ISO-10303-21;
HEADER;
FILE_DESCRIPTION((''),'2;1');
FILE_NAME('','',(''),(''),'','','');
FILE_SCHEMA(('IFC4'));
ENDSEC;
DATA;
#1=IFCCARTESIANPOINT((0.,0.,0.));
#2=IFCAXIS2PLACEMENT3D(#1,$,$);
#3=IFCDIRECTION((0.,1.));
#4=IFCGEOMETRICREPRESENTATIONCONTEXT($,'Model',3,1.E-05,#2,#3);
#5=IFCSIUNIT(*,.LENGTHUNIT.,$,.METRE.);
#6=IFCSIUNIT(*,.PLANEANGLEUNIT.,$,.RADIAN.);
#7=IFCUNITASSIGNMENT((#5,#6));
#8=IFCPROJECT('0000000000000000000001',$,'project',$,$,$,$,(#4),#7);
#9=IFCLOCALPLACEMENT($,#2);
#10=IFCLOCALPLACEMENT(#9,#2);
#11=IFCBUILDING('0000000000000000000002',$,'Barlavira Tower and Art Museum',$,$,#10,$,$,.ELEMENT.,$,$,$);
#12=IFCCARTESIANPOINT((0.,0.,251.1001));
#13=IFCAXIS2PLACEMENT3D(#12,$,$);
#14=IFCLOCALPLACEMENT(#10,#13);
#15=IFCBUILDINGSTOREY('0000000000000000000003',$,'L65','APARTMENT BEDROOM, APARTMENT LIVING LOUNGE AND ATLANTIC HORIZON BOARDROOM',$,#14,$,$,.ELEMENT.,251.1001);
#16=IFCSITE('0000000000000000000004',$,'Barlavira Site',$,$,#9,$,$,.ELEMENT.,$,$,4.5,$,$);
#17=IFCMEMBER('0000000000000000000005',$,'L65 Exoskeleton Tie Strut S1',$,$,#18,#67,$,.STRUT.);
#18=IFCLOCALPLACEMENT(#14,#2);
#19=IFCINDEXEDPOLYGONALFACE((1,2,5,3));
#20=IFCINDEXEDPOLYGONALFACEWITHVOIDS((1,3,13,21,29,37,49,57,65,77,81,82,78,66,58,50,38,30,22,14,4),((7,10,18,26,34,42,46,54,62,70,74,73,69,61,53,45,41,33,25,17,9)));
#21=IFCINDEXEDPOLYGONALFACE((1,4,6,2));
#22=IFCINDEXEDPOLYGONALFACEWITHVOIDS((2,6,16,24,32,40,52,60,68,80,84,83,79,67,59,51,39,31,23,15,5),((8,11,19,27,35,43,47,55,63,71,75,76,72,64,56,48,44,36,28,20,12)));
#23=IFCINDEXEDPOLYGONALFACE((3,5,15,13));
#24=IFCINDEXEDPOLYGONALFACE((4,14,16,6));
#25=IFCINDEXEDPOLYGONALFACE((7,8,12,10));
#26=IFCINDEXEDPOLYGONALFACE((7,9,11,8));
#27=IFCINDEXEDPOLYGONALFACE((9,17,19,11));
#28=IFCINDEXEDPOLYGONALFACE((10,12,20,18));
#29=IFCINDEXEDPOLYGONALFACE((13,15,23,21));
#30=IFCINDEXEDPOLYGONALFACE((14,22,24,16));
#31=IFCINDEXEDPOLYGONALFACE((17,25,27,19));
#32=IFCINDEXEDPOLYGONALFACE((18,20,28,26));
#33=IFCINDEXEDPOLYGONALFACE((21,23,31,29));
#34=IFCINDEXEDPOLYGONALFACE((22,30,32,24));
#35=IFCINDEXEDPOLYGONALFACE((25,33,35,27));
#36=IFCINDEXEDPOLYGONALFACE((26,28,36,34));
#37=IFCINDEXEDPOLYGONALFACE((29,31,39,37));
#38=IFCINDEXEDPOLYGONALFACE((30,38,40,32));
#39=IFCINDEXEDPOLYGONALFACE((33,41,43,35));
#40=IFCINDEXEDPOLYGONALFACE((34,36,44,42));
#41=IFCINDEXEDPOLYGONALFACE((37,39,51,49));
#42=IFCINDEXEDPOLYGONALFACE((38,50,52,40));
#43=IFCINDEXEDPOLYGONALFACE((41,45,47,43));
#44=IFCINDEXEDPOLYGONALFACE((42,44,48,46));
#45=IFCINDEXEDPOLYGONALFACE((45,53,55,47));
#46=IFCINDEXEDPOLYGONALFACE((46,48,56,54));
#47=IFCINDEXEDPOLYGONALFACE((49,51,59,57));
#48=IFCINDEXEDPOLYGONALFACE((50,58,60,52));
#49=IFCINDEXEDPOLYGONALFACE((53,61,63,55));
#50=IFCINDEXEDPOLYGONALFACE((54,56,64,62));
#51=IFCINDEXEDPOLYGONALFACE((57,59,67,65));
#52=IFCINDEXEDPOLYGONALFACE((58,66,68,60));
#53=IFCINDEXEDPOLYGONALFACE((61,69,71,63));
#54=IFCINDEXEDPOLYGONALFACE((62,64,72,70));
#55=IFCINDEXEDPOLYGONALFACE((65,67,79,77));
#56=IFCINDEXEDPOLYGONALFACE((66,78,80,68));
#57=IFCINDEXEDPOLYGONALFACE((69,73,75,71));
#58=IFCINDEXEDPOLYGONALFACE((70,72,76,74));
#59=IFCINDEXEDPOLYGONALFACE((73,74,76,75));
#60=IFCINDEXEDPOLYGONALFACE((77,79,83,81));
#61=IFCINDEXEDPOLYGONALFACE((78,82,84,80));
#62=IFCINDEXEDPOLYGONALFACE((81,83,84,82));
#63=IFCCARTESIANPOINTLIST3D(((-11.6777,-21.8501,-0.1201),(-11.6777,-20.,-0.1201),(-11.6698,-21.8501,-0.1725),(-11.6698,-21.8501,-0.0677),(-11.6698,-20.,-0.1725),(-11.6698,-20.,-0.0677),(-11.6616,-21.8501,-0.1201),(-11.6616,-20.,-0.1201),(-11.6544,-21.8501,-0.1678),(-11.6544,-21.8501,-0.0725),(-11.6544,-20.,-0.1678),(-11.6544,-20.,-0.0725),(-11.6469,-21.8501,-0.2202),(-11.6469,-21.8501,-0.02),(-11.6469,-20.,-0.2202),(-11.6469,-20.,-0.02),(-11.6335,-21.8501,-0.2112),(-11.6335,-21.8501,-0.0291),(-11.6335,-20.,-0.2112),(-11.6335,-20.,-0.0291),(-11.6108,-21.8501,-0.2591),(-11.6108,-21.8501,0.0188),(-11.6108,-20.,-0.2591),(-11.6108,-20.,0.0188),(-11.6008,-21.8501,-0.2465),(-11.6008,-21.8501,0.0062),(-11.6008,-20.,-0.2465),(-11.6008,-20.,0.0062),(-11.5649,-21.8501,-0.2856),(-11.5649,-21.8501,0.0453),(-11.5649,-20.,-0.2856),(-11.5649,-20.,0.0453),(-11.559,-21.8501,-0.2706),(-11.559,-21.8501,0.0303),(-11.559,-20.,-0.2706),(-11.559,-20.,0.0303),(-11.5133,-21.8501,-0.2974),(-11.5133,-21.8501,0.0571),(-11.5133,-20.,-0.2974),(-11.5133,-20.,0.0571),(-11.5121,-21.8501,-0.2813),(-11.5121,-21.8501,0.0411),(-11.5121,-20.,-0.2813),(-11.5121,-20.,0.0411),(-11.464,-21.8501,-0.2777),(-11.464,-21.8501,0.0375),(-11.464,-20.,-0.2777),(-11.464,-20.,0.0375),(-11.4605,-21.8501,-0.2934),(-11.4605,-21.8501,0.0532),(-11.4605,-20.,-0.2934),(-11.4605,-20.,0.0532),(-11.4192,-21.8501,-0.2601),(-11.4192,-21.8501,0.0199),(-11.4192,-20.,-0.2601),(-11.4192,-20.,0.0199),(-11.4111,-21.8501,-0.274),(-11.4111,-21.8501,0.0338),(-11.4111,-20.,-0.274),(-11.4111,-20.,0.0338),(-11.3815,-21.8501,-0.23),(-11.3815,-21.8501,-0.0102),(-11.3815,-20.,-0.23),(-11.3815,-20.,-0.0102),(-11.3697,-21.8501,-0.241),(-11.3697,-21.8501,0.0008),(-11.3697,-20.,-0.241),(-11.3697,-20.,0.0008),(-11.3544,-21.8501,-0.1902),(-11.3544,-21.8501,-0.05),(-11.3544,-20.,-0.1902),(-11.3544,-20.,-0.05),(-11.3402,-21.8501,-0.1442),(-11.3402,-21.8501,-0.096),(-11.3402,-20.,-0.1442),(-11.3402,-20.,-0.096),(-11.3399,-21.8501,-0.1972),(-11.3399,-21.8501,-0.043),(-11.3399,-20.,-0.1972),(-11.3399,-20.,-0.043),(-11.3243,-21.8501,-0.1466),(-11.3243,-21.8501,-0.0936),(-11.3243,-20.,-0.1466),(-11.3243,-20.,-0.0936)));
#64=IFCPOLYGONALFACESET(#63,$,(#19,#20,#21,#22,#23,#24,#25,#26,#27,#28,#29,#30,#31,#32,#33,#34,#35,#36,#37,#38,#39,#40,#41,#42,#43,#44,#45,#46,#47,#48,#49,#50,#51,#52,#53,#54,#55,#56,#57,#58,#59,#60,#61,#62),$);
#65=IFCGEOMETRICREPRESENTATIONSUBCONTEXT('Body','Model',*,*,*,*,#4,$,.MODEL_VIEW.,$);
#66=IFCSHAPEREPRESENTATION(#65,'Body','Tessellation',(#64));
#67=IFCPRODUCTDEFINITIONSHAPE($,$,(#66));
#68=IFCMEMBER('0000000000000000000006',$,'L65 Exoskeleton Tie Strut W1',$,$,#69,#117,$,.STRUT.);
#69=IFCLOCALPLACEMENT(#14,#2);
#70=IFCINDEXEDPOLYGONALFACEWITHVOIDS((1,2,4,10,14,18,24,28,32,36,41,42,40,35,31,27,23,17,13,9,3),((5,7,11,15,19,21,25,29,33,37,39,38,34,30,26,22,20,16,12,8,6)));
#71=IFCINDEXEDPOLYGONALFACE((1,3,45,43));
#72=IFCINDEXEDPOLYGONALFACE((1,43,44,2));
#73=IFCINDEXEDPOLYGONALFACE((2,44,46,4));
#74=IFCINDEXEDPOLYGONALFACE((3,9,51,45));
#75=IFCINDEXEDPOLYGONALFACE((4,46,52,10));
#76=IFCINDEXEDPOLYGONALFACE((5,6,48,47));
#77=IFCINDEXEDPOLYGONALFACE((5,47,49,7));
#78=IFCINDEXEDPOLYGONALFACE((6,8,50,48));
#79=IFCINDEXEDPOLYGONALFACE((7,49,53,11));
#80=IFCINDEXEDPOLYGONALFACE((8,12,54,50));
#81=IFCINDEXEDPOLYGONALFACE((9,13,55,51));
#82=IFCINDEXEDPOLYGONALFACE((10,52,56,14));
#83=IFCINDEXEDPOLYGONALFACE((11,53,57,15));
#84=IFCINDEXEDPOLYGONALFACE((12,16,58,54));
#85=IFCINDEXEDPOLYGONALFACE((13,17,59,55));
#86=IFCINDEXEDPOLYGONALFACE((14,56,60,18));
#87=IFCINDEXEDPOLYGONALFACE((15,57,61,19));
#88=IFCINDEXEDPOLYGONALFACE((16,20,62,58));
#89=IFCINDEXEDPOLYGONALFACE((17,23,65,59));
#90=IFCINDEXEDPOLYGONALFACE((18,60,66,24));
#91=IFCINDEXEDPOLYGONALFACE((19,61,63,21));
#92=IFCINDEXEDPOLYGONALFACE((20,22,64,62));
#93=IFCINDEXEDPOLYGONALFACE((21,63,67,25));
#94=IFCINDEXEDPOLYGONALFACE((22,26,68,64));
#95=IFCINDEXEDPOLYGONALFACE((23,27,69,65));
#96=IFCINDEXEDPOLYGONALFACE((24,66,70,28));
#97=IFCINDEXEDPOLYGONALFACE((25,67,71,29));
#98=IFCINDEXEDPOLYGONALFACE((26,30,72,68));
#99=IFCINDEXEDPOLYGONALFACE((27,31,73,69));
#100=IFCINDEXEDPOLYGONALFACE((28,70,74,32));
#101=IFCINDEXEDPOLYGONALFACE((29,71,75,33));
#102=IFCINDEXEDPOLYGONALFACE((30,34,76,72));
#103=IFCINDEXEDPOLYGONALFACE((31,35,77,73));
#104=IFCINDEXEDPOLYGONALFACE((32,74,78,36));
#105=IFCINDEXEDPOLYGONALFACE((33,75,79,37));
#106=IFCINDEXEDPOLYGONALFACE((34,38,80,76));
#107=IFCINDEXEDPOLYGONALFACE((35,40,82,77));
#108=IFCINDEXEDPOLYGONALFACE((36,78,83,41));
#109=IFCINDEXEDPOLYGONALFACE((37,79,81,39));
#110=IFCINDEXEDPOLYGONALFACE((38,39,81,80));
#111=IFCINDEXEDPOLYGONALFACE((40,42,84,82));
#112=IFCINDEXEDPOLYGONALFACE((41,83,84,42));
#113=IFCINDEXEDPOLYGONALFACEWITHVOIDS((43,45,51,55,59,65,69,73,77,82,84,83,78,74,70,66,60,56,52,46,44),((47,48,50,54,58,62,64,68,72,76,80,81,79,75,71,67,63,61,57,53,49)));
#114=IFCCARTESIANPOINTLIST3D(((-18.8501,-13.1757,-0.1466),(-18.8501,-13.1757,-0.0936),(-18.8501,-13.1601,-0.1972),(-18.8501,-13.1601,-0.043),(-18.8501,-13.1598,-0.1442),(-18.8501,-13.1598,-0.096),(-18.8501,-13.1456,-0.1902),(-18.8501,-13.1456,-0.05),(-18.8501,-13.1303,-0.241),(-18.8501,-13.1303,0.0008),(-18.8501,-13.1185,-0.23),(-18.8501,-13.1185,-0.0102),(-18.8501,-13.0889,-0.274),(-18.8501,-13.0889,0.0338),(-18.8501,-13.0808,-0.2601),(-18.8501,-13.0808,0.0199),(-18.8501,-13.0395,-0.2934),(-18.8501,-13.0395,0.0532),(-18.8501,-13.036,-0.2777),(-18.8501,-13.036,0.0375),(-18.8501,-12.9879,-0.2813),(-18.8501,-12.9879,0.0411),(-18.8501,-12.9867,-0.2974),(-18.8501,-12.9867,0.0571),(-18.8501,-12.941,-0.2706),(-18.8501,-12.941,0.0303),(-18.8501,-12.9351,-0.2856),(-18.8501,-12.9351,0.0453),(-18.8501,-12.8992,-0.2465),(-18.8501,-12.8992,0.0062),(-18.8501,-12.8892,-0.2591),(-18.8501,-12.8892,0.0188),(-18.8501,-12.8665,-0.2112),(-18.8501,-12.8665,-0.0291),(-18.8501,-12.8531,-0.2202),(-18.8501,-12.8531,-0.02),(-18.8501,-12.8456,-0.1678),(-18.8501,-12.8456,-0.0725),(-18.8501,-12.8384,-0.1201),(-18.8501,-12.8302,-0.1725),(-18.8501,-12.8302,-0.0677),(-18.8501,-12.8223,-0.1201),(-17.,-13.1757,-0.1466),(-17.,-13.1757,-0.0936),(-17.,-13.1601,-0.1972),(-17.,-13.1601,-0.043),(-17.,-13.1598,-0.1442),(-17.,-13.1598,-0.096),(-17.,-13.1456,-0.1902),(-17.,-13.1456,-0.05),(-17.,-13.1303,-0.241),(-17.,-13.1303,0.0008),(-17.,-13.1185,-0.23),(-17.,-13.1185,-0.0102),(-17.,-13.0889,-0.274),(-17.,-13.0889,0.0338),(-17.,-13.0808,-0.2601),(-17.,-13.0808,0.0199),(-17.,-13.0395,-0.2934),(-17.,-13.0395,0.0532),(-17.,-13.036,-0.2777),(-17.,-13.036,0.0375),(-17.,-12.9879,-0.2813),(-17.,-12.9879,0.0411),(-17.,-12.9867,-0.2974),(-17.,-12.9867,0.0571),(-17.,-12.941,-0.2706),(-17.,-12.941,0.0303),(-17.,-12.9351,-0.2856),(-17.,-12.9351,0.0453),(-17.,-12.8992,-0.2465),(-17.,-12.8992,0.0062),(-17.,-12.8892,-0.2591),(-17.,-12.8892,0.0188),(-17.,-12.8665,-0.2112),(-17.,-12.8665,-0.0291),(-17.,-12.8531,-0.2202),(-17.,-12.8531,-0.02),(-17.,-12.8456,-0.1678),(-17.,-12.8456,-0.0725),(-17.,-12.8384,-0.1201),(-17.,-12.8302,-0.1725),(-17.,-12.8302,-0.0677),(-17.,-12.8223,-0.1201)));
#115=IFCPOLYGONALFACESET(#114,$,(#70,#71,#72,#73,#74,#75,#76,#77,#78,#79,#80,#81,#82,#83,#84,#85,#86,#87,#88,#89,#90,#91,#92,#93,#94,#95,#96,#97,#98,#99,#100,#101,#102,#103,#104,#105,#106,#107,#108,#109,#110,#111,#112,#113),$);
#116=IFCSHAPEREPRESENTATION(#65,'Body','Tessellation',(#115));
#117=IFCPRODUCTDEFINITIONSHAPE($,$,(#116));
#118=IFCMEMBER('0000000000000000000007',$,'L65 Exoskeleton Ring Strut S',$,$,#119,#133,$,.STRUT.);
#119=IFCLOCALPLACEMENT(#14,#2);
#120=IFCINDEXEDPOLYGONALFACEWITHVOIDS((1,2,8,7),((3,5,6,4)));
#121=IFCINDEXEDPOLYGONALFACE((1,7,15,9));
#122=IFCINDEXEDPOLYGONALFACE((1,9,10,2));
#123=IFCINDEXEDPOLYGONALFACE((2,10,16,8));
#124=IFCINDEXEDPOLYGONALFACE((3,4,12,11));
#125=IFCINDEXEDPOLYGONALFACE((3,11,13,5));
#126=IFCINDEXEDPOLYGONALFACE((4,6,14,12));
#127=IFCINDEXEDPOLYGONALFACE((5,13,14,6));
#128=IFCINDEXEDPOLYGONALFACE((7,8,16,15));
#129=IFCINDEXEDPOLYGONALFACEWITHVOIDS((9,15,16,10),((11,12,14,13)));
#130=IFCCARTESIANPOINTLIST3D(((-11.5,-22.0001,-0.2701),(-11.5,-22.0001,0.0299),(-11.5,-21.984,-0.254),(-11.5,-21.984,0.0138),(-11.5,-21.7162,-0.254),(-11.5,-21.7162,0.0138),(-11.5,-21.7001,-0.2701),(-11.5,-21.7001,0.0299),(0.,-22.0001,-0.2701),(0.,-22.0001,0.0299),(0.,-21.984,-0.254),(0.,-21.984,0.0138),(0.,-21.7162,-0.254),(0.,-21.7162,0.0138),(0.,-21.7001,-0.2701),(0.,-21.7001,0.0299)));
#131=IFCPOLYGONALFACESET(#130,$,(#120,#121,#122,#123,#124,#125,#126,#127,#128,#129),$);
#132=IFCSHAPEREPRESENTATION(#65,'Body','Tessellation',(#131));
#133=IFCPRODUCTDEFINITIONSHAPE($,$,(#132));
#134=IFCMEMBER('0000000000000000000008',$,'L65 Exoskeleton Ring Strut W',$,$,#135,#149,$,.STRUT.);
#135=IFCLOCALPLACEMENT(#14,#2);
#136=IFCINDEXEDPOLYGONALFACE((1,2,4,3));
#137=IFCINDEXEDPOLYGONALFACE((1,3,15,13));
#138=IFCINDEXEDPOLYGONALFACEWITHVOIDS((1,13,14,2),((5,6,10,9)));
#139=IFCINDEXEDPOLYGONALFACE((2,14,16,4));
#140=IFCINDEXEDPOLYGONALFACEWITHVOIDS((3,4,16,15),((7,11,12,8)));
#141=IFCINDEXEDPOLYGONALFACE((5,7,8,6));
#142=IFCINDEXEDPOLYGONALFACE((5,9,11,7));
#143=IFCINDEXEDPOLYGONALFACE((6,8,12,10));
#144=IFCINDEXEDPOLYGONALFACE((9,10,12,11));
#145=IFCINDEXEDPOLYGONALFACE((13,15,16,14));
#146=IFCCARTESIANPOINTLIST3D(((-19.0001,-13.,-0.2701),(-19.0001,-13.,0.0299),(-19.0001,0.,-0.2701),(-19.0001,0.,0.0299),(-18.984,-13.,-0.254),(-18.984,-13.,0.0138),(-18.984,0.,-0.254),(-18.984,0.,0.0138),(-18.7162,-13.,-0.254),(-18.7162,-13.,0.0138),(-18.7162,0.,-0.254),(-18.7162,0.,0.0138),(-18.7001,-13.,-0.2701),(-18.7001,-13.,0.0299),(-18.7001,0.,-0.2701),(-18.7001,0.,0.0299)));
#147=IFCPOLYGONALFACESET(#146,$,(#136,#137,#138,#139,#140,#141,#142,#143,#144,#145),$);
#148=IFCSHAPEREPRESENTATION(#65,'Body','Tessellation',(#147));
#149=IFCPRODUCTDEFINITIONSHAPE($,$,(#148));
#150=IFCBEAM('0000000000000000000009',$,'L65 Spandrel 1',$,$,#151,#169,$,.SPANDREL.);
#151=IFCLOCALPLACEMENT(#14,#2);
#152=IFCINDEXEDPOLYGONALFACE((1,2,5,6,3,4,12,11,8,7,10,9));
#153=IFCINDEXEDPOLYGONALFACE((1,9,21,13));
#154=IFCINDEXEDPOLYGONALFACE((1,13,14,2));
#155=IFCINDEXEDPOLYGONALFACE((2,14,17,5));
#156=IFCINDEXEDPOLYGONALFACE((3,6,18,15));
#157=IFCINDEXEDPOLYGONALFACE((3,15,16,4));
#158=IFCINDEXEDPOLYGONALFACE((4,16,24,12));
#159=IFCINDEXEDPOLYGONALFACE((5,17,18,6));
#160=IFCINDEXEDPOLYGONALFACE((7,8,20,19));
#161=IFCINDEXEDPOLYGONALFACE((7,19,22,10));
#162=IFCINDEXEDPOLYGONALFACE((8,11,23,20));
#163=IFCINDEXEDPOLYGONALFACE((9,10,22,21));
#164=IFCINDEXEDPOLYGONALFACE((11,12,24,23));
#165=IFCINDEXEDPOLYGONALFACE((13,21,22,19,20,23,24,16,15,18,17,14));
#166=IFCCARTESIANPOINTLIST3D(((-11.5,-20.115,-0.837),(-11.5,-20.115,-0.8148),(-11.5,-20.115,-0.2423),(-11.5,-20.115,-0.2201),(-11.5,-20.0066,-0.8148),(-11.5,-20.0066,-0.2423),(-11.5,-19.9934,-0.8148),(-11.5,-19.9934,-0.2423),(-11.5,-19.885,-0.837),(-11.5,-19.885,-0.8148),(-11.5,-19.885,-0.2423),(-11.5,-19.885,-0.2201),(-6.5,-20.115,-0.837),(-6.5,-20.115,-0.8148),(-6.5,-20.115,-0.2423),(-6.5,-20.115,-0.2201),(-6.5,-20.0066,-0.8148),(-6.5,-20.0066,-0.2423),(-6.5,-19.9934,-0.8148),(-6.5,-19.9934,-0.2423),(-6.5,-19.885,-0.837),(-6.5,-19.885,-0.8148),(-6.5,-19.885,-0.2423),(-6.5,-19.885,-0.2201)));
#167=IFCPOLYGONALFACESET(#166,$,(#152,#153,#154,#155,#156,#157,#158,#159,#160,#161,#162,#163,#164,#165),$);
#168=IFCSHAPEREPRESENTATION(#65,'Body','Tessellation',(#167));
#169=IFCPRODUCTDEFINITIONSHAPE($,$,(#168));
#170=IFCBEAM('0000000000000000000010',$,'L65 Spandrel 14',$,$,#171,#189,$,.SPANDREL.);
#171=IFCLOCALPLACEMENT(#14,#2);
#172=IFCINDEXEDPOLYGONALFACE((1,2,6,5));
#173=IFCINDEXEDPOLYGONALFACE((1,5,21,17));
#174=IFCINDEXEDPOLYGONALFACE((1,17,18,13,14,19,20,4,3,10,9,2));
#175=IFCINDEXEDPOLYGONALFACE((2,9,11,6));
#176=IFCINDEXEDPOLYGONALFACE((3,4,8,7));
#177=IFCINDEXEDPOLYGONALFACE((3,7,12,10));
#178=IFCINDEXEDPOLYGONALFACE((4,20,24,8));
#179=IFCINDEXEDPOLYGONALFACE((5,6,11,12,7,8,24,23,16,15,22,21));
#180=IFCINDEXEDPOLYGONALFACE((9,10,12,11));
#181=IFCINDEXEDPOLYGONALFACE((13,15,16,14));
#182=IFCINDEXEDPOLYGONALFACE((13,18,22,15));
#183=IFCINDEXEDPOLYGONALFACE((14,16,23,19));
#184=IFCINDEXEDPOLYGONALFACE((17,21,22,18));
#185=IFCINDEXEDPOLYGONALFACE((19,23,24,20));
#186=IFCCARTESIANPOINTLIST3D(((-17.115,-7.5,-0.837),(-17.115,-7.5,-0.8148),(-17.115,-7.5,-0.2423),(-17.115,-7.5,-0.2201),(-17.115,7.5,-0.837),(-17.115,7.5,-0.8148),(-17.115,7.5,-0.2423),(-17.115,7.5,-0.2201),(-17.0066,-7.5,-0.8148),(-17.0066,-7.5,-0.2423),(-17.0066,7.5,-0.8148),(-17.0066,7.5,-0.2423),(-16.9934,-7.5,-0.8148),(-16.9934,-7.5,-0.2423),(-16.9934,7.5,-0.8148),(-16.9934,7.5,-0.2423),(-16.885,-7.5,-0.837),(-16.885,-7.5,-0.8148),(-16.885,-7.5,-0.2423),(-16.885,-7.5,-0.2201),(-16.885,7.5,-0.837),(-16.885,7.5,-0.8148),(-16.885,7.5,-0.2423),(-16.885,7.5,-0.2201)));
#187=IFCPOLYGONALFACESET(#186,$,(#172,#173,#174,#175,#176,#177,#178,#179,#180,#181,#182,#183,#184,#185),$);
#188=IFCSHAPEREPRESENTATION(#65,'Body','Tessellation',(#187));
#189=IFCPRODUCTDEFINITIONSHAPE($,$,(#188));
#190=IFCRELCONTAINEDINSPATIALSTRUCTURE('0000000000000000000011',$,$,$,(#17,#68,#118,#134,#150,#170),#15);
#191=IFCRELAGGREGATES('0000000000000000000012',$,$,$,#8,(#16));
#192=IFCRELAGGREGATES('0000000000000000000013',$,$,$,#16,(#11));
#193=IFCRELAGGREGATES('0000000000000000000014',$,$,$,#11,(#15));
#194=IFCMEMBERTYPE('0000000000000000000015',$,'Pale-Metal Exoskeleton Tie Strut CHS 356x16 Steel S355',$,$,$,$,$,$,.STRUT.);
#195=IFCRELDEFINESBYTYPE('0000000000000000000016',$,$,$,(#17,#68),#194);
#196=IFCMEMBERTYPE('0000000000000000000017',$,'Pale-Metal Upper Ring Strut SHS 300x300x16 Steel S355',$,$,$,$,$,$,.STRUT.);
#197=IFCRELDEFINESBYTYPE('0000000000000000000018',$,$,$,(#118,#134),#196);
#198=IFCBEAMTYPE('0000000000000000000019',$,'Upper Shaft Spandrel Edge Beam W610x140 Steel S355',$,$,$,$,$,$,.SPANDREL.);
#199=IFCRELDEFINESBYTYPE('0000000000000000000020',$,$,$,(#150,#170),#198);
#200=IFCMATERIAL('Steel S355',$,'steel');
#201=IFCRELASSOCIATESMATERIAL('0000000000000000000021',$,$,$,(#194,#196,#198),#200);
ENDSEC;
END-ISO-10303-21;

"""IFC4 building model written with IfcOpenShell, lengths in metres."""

from ifc_helpers import new_model, si_unit, direction, frame, origin, origin_2d, place, context, subcontext, project, spatial, hollow_rectangle, hollow_circle, i_section, extrude, material, material_profile, profile_set, type_object, element, save


model = new_model("IFC4")

# Units and contexts
model_context = context("Model", 3, precision=1e-05, world=origin(), true_north=direction((0.0, 1.0)))
body_context = subcontext(model_context, "Body", "Model", "MODEL_VIEW")
ifc_project = project(units=[si_unit("LENGTHUNIT", "METRE"), si_unit("PLANEANGLEUNIT", "RADIAN")], contexts=[model_context])

# Site, building, storey
site_placement = place(None, origin())
site = spatial("IfcSite", under=ifc_project, at=site_placement, Name="Barlavira Site", CompositionType="ELEMENT", RefElevation=4.5)
building_placement = place(site_placement, origin())
building = spatial("IfcBuilding", under=site, at=building_placement, Name="Barlavira Tower and Art Museum", CompositionType="ELEMENT")
storey_placement = place(building_placement, frame((0.0, 0.0, 251.1001)))
storey = spatial("IfcBuildingStorey", under=building, at=storey_placement, Name="L65", Description="APARTMENT BEDROOM, APARTMENT LIVING LOUNGE AND ATLANTIC HORIZON BOARDROOM", CompositionType="ELEMENT", Elevation=251.1001)

# Members
ifc_material_1 = material(Name="Steel S355", Category="steel")
ifc_material_profile_1 = material_profile(ifc_material_1, hollow_circle(Radius=0.1777, WallThickness=0.0161, at=origin_2d()), Name="CHS 355.6x16.0")
ifc_profile_set_1 = profile_set([ifc_material_profile_1], Name="Steel S355")
member_type_1 = type_object("IfcMemberType", Name="Pale-Metal Exoskeleton Tie Strut CHS 356x16 Steel S355", PredefinedType="STRUT", material=ifc_profile_set_1)
for number, where, z_axis, x_axis, name in (
    (1, (-11.5, -21.8501, -0.1201), (0.0, 1.0, 0.0), (-1.0, 0.0, 0.0), "L65 Exoskeleton Tie Strut S1"),
    (2, (-18.8501, -13.0, -0.1201), (1.0, 0.0, 0.0), (0.0, 1.0, 0.0), "L65 Exoskeleton Tie Strut W1"),
):
    element("IfcMember", number, at=place(storey_placement, frame(where, z_axis=z_axis, x_axis=x_axis)), inside=storey, type_object=member_type_1, Name=name, PredefinedType="STRUT", context=body_context, shape_type="SweptSolid", body=[
        extrude(hollow_circle(Radius=0.1777, WallThickness=0.0161, at=origin_2d()), origin(), (0.0, 0.0, 1.0), 1.8501),
    ])
ifc_material_profile_2 = material_profile(ifc_material_1, hollow_rectangle(XDim=0.3, YDim=0.3, WallThickness=0.0161, at=origin_2d()), Name="SHS 300x300x16.0")
ifc_profile_set_2 = profile_set([ifc_material_profile_2], Name="Steel S355")
member_type_2 = type_object("IfcMemberType", Name="Pale-Metal Upper Ring Strut SHS 300x300x16 Steel S355", PredefinedType="STRUT", material=ifc_profile_set_2)
member_1_placement = place(storey_placement, frame((-11.5, -21.8501, -0.1201), z_axis=(1.0, 0.0, 0.0), x_axis=(0.0, 1.0, 0.0)))
element("IfcMember", 3, at=member_1_placement, inside=storey, type_object=member_type_2, Name="L65 Exoskeleton Ring Strut S", PredefinedType="STRUT", context=body_context, shape_type="SweptSolid", body=[
    extrude(hollow_rectangle(XDim=0.3, YDim=0.3, WallThickness=0.0161, at=origin_2d()), origin(), (0.0, 0.0, 1.0), 11.5),
])
member_2_placement = place(storey_placement, frame((-18.8501, -13.0, -0.1201), z_axis=(0.0, 1.0, 0.0), x_axis=(-1.0, 0.0, 0.0)))
element("IfcMember", 4, at=member_2_placement, inside=storey, type_object=member_type_2, Name="L65 Exoskeleton Ring Strut W", PredefinedType="STRUT", context=body_context, shape_type="SweptSolid", body=[
    extrude(hollow_rectangle(XDim=0.3, YDim=0.3, WallThickness=0.0161, at=origin_2d()), origin(), (0.0, 0.0, 1.0), 13.0),
])

# Beams
ifc_material_profile_3 = material_profile(ifc_material_1, i_section(OverallWidth=0.23, OverallDepth=0.6169, WebThickness=0.0132, FlangeThickness=0.0222, at=origin_2d()), Name="W610x140.0")
ifc_profile_set_3 = profile_set([ifc_material_profile_3], Name="Steel S355")
beam_type_1 = type_object("IfcBeamType", Name="Upper Shaft Spandrel Edge Beam W610x140 Steel S355", PredefinedType="SPANDREL", material=ifc_profile_set_3)
beam_1_placement = place(storey_placement, frame((-11.5, -20.0, -0.5286), z_axis=(1.0, 0.0, 0.0), x_axis=(0.0, 1.0, 0.0)))
element("IfcBeam", 5, at=beam_1_placement, inside=storey, type_object=beam_type_1, Name="L65 Spandrel 1", PredefinedType="SPANDREL", context=body_context, shape_type="SweptSolid", body=[
    extrude(i_section(OverallWidth=0.23, OverallDepth=0.6169, WebThickness=0.0132, FlangeThickness=0.0222, at=origin_2d()), origin(), (0.0, 0.0, 1.0), 5.0),
])
beam_2_placement = place(storey_placement, frame((-17.0, -7.5, -0.5286), z_axis=(0.0, 1.0, 0.0), x_axis=(-1.0, 0.0, 0.0)))
element("IfcBeam", 6, at=beam_2_placement, inside=storey, type_object=beam_type_1, Name="L65 Spandrel 14", PredefinedType="SPANDREL", context=body_context, shape_type="SweptSolid", body=[
    extrude(i_section(OverallWidth=0.23, OverallDepth=0.6169, WebThickness=0.0132, FlangeThickness=0.0222, at=origin_2d()), origin(), (0.0, 0.0, 1.0), 15.0),
])

save(model, "model.ifc")
